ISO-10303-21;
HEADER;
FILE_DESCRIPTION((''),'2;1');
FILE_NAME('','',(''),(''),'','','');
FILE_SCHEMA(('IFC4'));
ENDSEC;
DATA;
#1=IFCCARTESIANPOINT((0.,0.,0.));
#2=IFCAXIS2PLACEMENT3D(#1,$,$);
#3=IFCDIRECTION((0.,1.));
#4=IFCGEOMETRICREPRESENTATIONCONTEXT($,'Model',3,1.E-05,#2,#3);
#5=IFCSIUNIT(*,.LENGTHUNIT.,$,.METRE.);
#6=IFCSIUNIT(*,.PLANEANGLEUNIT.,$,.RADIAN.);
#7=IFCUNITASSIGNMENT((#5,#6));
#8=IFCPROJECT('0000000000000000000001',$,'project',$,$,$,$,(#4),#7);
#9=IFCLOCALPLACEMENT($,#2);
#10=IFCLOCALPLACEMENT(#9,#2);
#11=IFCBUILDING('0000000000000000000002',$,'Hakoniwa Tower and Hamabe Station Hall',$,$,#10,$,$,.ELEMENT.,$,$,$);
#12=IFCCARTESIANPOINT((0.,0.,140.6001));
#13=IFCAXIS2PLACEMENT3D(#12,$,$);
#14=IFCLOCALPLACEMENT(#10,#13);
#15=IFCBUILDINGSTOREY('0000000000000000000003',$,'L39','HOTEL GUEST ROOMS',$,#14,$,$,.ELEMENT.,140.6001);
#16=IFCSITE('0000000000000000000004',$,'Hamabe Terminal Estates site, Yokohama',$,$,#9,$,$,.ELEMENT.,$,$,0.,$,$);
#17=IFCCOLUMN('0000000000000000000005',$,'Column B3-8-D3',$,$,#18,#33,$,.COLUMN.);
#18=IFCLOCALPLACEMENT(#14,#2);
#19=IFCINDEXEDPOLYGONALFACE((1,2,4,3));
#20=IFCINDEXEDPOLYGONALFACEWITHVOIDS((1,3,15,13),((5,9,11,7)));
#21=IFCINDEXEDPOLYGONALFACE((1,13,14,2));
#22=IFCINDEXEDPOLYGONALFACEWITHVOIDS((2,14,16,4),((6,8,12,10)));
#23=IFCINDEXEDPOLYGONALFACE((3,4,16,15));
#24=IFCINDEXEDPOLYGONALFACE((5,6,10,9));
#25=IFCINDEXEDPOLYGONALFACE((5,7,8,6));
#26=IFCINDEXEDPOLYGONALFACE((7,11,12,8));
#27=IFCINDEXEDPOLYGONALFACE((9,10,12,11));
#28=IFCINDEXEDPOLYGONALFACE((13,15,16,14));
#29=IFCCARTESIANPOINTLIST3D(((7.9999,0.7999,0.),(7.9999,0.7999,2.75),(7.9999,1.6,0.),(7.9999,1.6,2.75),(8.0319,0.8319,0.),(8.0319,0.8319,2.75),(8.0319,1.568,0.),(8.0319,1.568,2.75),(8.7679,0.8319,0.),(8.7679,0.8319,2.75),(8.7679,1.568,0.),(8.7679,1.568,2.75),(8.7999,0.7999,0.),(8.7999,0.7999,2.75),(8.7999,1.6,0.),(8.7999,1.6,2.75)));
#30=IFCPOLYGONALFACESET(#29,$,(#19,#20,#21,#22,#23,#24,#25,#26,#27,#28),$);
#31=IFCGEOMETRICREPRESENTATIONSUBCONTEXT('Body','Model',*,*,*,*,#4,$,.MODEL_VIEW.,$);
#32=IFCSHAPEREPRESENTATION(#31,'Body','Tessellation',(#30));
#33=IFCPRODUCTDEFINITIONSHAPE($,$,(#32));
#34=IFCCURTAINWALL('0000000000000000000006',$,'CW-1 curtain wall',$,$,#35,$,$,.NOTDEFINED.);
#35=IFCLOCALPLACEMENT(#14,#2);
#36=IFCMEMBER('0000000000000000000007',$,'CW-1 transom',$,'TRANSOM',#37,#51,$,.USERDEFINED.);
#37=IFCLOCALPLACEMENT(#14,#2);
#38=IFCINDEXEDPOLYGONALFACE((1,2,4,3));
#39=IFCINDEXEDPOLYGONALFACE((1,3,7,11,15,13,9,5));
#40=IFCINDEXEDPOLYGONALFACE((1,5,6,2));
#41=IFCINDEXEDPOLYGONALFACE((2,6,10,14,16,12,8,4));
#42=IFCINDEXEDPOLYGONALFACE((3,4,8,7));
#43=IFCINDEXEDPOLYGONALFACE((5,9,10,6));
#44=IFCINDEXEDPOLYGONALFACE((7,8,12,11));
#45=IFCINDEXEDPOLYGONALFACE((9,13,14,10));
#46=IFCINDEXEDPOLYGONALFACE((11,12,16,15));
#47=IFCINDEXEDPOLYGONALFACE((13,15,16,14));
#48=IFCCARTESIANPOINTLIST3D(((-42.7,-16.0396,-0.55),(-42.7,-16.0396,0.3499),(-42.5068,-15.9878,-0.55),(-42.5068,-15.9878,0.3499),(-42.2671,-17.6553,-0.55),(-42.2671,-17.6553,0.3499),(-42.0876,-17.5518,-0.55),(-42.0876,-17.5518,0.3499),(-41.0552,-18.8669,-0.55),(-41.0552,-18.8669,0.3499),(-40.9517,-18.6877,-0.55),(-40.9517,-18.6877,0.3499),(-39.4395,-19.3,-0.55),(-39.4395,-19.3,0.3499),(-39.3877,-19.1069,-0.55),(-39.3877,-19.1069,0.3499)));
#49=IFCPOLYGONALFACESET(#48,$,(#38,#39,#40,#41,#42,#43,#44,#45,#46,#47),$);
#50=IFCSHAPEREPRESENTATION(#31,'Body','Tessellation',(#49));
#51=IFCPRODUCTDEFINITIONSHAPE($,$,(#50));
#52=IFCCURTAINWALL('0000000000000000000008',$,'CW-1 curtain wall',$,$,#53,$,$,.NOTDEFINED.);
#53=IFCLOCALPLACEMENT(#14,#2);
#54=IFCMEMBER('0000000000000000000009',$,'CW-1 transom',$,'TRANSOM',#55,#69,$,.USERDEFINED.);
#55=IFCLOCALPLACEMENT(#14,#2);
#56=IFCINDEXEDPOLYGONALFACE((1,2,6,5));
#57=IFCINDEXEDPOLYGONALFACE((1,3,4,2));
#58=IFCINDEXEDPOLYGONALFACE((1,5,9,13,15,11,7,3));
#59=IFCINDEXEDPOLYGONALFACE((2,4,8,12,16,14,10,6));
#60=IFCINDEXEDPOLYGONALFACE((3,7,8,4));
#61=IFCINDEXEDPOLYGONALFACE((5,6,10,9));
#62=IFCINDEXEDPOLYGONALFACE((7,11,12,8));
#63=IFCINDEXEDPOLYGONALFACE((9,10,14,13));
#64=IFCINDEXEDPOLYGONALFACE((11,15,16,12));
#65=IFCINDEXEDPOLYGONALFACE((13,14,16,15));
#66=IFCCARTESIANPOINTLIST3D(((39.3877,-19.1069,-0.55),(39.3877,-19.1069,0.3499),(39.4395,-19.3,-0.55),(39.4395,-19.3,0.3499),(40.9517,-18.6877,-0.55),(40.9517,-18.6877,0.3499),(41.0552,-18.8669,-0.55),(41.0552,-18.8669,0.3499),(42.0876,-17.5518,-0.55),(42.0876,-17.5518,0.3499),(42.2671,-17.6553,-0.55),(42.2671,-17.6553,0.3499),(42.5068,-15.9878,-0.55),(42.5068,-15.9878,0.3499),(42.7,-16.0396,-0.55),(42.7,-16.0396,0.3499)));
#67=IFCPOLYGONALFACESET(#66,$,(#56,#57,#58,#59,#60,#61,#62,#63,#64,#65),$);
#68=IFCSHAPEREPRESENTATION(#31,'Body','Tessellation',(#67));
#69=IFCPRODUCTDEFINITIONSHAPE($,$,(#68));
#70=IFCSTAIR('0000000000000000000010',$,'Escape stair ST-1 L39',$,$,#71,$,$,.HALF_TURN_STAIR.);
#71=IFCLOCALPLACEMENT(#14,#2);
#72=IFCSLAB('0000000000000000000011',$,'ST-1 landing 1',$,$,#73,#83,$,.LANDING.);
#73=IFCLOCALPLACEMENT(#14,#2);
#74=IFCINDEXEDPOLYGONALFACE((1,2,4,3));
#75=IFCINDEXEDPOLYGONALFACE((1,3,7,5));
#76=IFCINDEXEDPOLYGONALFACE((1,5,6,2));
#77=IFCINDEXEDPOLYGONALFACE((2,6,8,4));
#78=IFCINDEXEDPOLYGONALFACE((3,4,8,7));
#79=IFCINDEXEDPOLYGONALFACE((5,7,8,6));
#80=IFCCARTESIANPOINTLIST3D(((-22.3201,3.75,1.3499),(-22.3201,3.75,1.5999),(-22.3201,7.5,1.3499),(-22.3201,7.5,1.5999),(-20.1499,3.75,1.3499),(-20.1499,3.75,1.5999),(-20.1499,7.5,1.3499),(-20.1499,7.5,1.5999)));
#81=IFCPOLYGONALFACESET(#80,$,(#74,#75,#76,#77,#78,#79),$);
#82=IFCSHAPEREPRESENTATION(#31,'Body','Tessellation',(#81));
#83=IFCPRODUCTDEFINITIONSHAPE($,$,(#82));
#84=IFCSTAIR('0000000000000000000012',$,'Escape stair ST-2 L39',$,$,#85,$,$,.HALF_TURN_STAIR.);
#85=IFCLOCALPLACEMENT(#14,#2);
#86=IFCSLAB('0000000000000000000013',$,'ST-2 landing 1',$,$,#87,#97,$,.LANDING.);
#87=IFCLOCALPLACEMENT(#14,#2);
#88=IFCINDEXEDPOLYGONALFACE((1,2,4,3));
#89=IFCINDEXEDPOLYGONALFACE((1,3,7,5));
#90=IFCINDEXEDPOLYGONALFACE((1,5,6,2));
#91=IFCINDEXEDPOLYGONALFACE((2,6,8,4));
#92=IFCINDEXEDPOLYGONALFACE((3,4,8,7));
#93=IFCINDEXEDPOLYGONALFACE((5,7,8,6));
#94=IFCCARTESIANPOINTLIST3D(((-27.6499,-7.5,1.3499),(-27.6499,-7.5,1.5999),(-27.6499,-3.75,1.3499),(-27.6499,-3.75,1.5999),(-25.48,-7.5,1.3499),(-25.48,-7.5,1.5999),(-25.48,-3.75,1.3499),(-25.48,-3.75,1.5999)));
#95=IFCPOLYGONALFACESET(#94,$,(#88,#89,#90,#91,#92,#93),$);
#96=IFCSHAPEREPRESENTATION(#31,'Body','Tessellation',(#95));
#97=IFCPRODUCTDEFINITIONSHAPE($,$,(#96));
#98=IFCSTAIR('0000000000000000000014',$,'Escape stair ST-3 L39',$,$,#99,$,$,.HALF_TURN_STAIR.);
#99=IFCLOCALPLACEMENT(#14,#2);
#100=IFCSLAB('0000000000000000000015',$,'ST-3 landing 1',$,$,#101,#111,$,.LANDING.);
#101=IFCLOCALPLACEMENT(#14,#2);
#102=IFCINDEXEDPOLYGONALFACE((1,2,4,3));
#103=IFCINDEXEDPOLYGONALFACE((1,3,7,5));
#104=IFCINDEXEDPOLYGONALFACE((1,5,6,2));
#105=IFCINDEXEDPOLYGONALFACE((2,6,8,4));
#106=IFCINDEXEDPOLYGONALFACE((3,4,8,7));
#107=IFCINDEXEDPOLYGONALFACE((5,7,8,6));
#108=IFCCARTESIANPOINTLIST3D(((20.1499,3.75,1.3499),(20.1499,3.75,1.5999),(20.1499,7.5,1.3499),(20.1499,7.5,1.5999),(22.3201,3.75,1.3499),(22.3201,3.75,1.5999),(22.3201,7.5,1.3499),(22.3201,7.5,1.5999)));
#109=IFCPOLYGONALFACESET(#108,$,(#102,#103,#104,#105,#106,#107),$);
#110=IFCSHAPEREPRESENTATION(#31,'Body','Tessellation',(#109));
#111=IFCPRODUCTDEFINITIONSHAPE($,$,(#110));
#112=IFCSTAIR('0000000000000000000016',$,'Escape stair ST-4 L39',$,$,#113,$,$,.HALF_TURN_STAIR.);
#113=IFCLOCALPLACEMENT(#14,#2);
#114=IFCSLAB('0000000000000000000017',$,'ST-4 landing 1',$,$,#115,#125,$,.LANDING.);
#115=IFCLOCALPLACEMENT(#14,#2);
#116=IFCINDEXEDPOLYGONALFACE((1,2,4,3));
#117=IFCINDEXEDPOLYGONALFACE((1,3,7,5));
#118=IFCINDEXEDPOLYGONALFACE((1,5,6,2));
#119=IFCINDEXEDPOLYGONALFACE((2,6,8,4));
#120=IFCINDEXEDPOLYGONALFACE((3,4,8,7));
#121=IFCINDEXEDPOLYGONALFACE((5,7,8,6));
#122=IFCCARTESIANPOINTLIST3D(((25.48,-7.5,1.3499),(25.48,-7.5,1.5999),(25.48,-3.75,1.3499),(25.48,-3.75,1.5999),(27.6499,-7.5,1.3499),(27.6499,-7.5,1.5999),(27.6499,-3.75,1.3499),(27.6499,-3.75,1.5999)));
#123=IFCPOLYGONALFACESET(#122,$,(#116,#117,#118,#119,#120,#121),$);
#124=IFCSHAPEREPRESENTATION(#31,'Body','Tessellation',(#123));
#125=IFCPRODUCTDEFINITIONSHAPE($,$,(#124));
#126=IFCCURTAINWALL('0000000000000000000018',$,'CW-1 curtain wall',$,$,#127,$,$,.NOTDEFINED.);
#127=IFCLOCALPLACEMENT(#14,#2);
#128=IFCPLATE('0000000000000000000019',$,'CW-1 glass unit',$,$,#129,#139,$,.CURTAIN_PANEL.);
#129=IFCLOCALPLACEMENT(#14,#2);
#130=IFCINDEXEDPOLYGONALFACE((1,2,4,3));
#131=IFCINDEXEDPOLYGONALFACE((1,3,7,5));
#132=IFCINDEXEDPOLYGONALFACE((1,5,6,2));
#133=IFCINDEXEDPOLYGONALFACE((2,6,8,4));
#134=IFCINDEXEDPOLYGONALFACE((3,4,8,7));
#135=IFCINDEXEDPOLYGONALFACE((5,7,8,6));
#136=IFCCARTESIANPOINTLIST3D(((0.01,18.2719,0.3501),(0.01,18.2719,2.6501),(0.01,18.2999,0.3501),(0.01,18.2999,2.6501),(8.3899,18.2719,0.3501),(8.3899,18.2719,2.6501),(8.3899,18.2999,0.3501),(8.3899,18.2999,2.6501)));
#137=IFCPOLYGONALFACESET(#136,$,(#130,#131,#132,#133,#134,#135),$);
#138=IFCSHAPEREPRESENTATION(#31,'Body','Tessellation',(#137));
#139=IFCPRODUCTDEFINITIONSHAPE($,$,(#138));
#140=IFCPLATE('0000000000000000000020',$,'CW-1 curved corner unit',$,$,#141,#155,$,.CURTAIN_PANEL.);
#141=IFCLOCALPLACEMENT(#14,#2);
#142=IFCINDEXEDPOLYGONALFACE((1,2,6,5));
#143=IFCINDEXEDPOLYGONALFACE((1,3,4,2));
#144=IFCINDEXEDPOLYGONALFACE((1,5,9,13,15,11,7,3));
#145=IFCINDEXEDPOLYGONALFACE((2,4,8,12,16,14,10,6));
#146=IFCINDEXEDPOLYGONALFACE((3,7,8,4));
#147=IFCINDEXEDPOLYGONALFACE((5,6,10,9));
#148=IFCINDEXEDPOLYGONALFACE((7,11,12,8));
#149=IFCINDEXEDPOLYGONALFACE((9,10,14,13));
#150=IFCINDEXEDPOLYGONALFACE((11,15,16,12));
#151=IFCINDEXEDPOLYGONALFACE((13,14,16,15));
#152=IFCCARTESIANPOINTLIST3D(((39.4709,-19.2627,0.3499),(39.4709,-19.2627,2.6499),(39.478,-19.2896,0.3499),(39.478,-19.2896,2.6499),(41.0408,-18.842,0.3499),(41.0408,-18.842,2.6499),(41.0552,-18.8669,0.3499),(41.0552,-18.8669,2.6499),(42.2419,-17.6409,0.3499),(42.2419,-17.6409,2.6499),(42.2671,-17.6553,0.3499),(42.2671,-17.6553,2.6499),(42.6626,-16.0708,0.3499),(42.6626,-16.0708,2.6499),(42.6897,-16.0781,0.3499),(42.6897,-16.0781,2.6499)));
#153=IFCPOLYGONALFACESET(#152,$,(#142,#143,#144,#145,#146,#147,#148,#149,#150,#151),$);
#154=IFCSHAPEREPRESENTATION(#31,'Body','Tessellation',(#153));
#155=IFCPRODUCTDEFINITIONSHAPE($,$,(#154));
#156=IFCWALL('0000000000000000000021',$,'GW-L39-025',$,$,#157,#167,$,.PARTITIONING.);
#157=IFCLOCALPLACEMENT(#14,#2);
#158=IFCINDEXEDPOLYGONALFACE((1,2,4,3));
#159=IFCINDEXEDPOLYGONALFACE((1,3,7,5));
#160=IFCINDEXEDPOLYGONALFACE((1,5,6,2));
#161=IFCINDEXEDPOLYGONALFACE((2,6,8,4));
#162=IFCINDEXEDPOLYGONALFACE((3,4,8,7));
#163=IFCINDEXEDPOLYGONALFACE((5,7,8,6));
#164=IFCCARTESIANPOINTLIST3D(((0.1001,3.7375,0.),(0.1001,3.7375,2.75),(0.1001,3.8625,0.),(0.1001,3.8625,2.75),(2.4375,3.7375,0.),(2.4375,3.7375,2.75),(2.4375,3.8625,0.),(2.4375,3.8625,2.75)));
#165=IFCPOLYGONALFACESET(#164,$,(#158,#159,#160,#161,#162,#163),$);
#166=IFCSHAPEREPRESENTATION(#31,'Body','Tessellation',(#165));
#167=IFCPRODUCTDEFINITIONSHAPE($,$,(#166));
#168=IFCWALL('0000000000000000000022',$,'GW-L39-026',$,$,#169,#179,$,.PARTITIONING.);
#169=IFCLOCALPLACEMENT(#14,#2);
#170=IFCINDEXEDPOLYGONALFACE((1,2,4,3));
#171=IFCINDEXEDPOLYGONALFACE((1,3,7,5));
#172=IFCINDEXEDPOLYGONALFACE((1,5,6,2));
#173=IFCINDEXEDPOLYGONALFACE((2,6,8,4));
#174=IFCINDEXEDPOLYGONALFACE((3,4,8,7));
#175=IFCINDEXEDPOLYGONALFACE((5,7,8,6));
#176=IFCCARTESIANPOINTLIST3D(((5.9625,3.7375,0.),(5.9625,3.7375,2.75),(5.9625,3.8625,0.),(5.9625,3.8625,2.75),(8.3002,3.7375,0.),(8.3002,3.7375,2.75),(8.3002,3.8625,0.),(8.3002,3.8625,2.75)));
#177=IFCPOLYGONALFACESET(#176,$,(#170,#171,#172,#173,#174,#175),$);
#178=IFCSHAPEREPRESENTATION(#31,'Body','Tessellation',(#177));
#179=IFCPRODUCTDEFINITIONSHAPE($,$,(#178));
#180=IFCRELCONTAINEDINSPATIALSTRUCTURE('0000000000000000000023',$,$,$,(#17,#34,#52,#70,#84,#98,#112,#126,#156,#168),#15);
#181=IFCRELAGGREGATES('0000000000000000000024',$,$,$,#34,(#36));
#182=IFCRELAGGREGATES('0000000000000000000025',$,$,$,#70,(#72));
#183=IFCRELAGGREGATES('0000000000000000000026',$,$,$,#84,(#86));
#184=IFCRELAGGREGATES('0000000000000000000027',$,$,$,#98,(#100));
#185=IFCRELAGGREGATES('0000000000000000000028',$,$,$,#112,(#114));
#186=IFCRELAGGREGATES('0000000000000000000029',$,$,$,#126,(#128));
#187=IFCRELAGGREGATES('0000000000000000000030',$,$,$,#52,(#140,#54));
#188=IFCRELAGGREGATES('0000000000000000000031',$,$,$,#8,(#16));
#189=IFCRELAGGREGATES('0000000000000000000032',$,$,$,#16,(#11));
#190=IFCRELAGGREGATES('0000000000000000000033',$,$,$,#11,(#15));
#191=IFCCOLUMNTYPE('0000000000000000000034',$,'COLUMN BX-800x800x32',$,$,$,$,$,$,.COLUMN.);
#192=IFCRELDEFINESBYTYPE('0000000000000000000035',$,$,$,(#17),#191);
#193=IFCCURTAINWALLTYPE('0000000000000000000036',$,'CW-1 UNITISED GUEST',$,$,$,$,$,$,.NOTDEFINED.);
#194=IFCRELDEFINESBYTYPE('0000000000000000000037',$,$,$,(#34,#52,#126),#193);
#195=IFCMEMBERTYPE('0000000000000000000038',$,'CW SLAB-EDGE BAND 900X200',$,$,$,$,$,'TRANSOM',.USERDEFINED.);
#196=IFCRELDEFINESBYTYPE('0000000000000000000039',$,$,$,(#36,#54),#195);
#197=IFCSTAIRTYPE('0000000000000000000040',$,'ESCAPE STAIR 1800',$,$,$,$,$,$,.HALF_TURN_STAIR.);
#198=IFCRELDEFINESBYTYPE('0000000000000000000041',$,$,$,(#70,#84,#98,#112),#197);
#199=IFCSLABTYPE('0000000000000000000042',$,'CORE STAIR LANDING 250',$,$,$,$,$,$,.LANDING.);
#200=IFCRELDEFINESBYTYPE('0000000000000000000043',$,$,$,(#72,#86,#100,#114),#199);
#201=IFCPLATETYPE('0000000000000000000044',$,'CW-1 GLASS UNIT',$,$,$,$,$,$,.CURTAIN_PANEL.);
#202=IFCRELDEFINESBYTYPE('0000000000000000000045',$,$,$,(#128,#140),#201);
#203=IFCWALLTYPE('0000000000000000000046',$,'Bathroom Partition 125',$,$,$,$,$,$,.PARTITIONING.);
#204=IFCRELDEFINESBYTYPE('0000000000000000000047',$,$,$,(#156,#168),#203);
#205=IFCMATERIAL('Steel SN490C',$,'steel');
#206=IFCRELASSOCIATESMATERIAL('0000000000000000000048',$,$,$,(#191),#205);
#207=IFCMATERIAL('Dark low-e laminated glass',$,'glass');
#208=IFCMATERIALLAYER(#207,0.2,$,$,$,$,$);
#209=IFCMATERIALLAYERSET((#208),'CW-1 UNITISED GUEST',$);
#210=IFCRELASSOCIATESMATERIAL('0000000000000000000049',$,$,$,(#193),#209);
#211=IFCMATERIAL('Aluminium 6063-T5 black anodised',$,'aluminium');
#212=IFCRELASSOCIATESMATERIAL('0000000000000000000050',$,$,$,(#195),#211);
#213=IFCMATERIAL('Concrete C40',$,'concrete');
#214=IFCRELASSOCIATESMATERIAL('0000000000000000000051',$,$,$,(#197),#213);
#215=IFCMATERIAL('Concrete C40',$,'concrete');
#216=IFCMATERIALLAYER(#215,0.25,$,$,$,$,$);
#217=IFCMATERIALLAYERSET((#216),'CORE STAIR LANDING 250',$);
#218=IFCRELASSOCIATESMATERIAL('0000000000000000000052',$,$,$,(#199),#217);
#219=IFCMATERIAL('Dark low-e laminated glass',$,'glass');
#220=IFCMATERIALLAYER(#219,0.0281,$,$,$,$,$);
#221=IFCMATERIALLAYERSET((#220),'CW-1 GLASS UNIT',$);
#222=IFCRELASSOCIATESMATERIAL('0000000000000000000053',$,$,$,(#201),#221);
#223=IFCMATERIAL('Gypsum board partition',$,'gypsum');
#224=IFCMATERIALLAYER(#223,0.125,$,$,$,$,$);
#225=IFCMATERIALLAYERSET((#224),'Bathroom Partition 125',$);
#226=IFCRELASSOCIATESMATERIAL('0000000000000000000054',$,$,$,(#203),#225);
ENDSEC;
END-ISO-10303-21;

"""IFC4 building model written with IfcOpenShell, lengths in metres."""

from ifc_helpers import new_model, si_unit, direction, frame, frame_2d, origin, origin_2d, place, context, subcontext, project, spatial, polyline, rectangle, hollow_rectangle, outline, extrude, material, layer, layer_set, material_profile, profile_set, type_object, element, aggregate, save


model = new_model("IFC4")

# Units and contexts
model_context = context("Model", 3, precision=1e-05, world=origin(), true_north=direction((0.0, 1.0)))
body_context = subcontext(model_context, "Body", "Model", "MODEL_VIEW")
ifc_project = project(units=[si_unit("LENGTHUNIT", "METRE"), si_unit("PLANEANGLEUNIT", "RADIAN")], contexts=[model_context])

# Site, building, storey
site_placement = place(None, origin())
site = spatial("IfcSite", under=ifc_project, at=site_placement, Name="Hamabe Terminal Estates site, Yokohama", CompositionType="ELEMENT", RefElevation=0.0)
building_placement = place(site_placement, origin())
building = spatial("IfcBuilding", under=site, at=building_placement, Name="Hakoniwa Tower and Hamabe Station Hall", CompositionType="ELEMENT")
storey_placement = place(building_placement, frame((0.0, 0.0, 140.6001)))
storey = spatial("IfcBuildingStorey", under=building, at=storey_placement, Name="L39", Description="HOTEL GUEST ROOMS", CompositionType="ELEMENT", Elevation=140.6001)

# Column
ifc_material_1 = material(Name="Steel SN490C", Category="steel")
ifc_material_profile_1 = material_profile(ifc_material_1, hollow_rectangle(XDim=0.8, YDim=0.8, WallThickness=0.032, at=origin_2d()), Name="BX-800x800x32")
ifc_profile_set_1 = profile_set([ifc_material_profile_1], Name="Steel SN490C")
column_type = type_object("IfcColumnType", Name="COLUMN BX-800x800x32", PredefinedType="COLUMN", material=ifc_profile_set_1)
column_placement = place(storey_placement, frame((8.3999, 1.2, 0.0), z_axis=(0.0, 0.0, 1.0), x_axis=(1.0, 0.0, 0.0)))
element("IfcColumn", 1, at=column_placement, inside=storey, type_object=column_type, Name="Column B3-8-D3", PredefinedType="COLUMN", context=body_context, shape_type="SweptSolid", body=[
    extrude(hollow_rectangle(XDim=0.8, YDim=0.8, WallThickness=0.032, at=origin_2d()), origin(), (0.0, 0.0, 1.0), 2.75),
])

# Curtain walls, members
ifc_material_2 = material(Name="Dark low-e laminated glass", Category="glass")
ifc_layer_1 = layer(ifc_material_2, 0.2)
ifc_layer_set_1 = layer_set([ifc_layer_1], Name="CW-1 UNITISED GUEST")
curtain_wall_type = type_object("IfcCurtainWallType", Name="CW-1 UNITISED GUEST", PredefinedType="NOTDEFINED", material=ifc_layer_set_1)
curtain_wall_1_placement = place(storey_placement, origin())
curtain_wall_1 = element("IfcCurtainWall", 2, at=curtain_wall_1_placement, inside=storey, type_object=curtain_wall_type, Name="CW-1 curtain wall", PredefinedType="NOTDEFINED")
ifc_material_3 = material(Name="Aluminium 6063-T5 black anodised", Category="aluminium")
ifc_material_profile_2 = material_profile(ifc_material_3, rectangle(XDim=0.2, YDim=0.8999, at=origin_2d()), Name="CW SLAB-EDGE BAND 900X200")
ifc_profile_set_2 = profile_set([ifc_material_profile_2], Name="Aluminium 6063-T5 black anodised")
member_type = type_object("IfcMemberType", Name="CW SLAB-EDGE BAND 900X200", ElementType="TRANSOM", PredefinedType="USERDEFINED", material=ifc_profile_set_2)
member_1_placement = place(storey_placement, frame((0.0, 0.0, -0.55)))
member_1 = element("IfcMember", 3, at=member_1_placement, type_object=member_type, Name="CW-1 transom", ObjectType="TRANSOM", PredefinedType="USERDEFINED", context=body_context, shape_type="SweptSolid", body=[
    extrude(outline(polyline([(-42.7, -16.0396), (-42.2671, -17.6553), (-41.0552, -18.8669), (-39.4395, -19.3), (-39.3877, -19.1069), (-40.9517, -18.6877), (-42.0876, -17.5518), (-42.5068, -15.9878), (-42.7, -16.0396)])), origin(), (0.0, 0.0, 1.0), 0.8999),
])
aggregate(curtain_wall_1, [member_1])
curtain_wall_2_placement = place(storey_placement, origin())
curtain_wall_2 = element("IfcCurtainWall", 4, at=curtain_wall_2_placement, inside=storey, type_object=curtain_wall_type, Name="CW-1 curtain wall", PredefinedType="NOTDEFINED")
member_2_placement = place(storey_placement, frame((0.0, 0.0, -0.55)))
member_2 = element("IfcMember", 5, at=member_2_placement, type_object=member_type, Name="CW-1 transom", ObjectType="TRANSOM", PredefinedType="USERDEFINED", context=body_context, shape_type="SweptSolid", body=[
    extrude(outline(polyline([(39.4395, -19.3), (41.0552, -18.8669), (42.2671, -17.6553), (42.7, -16.0396), (42.5068, -15.9878), (42.0876, -17.5518), (40.9517, -18.6877), (39.3877, -19.1069), (39.4395, -19.3)])), origin(), (0.0, 0.0, 1.0), 0.8999),
])

# Stairs, slabs
ifc_material_4 = material(Name="Concrete C40", Category="concrete")
stair_type = type_object("IfcStairType", Name="ESCAPE STAIR 1800", PredefinedType="HALF_TURN_STAIR", material=ifc_material_4)
stair_1_placement = place(storey_placement, origin())
stair_1 = element("IfcStair", 6, at=stair_1_placement, inside=storey, type_object=stair_type, Name="Escape stair ST-1 L39", PredefinedType="HALF_TURN_STAIR")
ifc_material_5 = material(Name="Concrete C40", Category="concrete")
ifc_layer_2 = layer(ifc_material_5, 0.25)
ifc_layer_set_2 = layer_set([ifc_layer_2], Name="CORE STAIR LANDING 250")
slab_type = type_object("IfcSlabType", Name="CORE STAIR LANDING 250", PredefinedType="LANDING", material=ifc_layer_set_2)
slab_1_placement = place(storey_placement, frame((0.0, 0.0, 1.3499)))
slab_1 = element("IfcSlab", 7, at=slab_1_placement, type_object=slab_type, Name="ST-1 landing 1", PredefinedType="LANDING", context=body_context, shape_type="SweptSolid", body=[
    extrude(outline(polyline([(-22.3201, 3.75), (-20.1499, 3.75), (-20.1499, 7.5), (-22.3201, 7.5), (-22.3201, 3.75)])), origin(), (0.0, 0.0, 1.0), 0.25),
])
aggregate(stair_1, [slab_1])
stair_2_placement = place(storey_placement, origin())
stair_2 = element("IfcStair", 8, at=stair_2_placement, inside=storey, type_object=stair_type, Name="Escape stair ST-2 L39", PredefinedType="HALF_TURN_STAIR")
slab_2_placement = place(storey_placement, frame((0.0, 0.0, 1.3499)))
slab_2 = element("IfcSlab", 9, at=slab_2_placement, type_object=slab_type, Name="ST-2 landing 1", PredefinedType="LANDING", context=body_context, shape_type="SweptSolid", body=[
    extrude(outline(polyline([(-25.48, -7.5), (-27.6499, -7.5), (-27.6499, -3.75), (-25.48, -3.75), (-25.48, -7.5)])), origin(), (0.0, 0.0, 1.0), 0.25),
])
aggregate(stair_2, [slab_2])
stair_3_placement = place(storey_placement, origin())
stair_3 = element("IfcStair", 10, at=stair_3_placement, inside=storey, type_object=stair_type, Name="Escape stair ST-3 L39", PredefinedType="HALF_TURN_STAIR")
slab_3_placement = place(storey_placement, frame((0.0, 0.0, 1.3499)))
slab_3 = element("IfcSlab", 11, at=slab_3_placement, type_object=slab_type, Name="ST-3 landing 1", PredefinedType="LANDING", context=body_context, shape_type="SweptSolid", body=[
    extrude(outline(polyline([(22.3201, 3.75), (20.1499, 3.75), (20.1499, 7.5), (22.3201, 7.5), (22.3201, 3.75)])), origin(), (0.0, 0.0, 1.0), 0.25),
])
aggregate(stair_3, [slab_3])
stair_4_placement = place(storey_placement, origin())
stair_4 = element("IfcStair", 12, at=stair_4_placement, inside=storey, type_object=stair_type, Name="Escape stair ST-4 L39", PredefinedType="HALF_TURN_STAIR")
slab_4_placement = place(storey_placement, frame((0.0, 0.0, 1.3499)))
slab_4 = element("IfcSlab", 13, at=slab_4_placement, type_object=slab_type, Name="ST-4 landing 1", PredefinedType="LANDING", context=body_context, shape_type="SweptSolid", body=[
    extrude(outline(polyline([(25.48, -7.5), (27.6499, -7.5), (27.6499, -3.75), (25.48, -3.75), (25.48, -7.5)])), origin(), (0.0, 0.0, 1.0), 0.25),
])
aggregate(stair_4, [slab_4])

# Curtain wall, plate
curtain_wall_3_placement = place(storey_placement, origin())
curtain_wall_3 = element("IfcCurtainWall", 14, at=curtain_wall_3_placement, inside=storey, type_object=curtain_wall_type, Name="CW-1 curtain wall", PredefinedType="NOTDEFINED")
ifc_material_6 = material(Name="Dark low-e laminated glass", Category="glass")
ifc_layer_3 = layer(ifc_material_6, 0.0281)
ifc_layer_set_3 = layer_set([ifc_layer_3], Name="CW-1 GLASS UNIT")
plate_type = type_object("IfcPlateType", Name="CW-1 GLASS UNIT", PredefinedType="CURTAIN_PANEL", material=ifc_layer_set_3)
plate_1_placement = place(storey_placement, frame((4.2, 18.2859, 0.3501), z_axis=(0.0, 0.0, 1.0), x_axis=(-1.0, 0.0, 0.0)))
plate_1 = element("IfcPlate", 15, at=plate_1_placement, type_object=plate_type, Name="CW-1 glass unit", PredefinedType="CURTAIN_PANEL", context=body_context, shape_type="SweptSolid", body=[
    extrude(rectangle(XDim=8.3799, YDim=0.0281, at=origin_2d()), origin(), (0.0, 0.0, 1.0), 2.3),
])
aggregate(curtain_wall_3, [plate_1])

# Plate
plate_2_placement = place(storey_placement, frame((0.0, 0.0, 0.3499)))
plate_2 = element("IfcPlate", 16, at=plate_2_placement, type_object=plate_type, Name="CW-1 curved corner unit", PredefinedType="CURTAIN_PANEL", context=body_context, shape_type="SweptSolid", body=[
    extrude(outline(polyline([(39.478, -19.2896), (41.0552, -18.8669), (42.2671, -17.6553), (42.6897, -16.0781), (42.6626, -16.0708), (42.2419, -17.6409), (41.0408, -18.842), (39.4709, -19.2627), (39.478, -19.2896)])), origin(), (0.0, 0.0, 1.0), 2.3),
])
aggregate(curtain_wall_2, [plate_2, member_2])

# Walls
ifc_material_7 = material(Name="Gypsum board partition", Category="gypsum")
ifc_layer_4 = layer(ifc_material_7, 0.125)
ifc_layer_set_4 = layer_set([ifc_layer_4], Name="Bathroom Partition 125")
wall_type_1 = type_object("IfcWallType", Name="Bathroom Partition 125", PredefinedType="PARTITIONING", material=ifc_layer_set_4)
wall_1_placement = place(storey_placement, frame((0.1001, 3.8, 0.0), z_axis=(0.0, 0.0, 1.0), x_axis=(1.0, 0.0, 0.0)))
element("IfcWall", 17, at=wall_1_placement, inside=storey, type_object=wall_type_1, Name="GW-L39-025", PredefinedType="PARTITIONING", context=body_context, shape_type="SweptSolid", body=[
    extrude(rectangle(XDim=2.3374, YDim=0.125, at=frame_2d((1.1687, 0.0))), origin(), (0.0, 0.0, 1.0), 2.75),
])
wall_2_placement = place(storey_placement, frame((5.9624, 3.8, 0.0), z_axis=(0.0, 0.0, 1.0), x_axis=(1.0, 0.0, 0.0)))
element("IfcWall", 18, at=wall_2_placement, inside=storey, type_object=wall_type_1, Name="GW-L39-026", PredefinedType="PARTITIONING", context=body_context, shape_type="SweptSolid", body=[
    extrude(rectangle(XDim=2.3376, YDim=0.125, at=frame_2d((1.1689, 0.0))), origin(), (0.0, 0.0, 1.0), 2.75),
])

save(model, "model.ifc")
